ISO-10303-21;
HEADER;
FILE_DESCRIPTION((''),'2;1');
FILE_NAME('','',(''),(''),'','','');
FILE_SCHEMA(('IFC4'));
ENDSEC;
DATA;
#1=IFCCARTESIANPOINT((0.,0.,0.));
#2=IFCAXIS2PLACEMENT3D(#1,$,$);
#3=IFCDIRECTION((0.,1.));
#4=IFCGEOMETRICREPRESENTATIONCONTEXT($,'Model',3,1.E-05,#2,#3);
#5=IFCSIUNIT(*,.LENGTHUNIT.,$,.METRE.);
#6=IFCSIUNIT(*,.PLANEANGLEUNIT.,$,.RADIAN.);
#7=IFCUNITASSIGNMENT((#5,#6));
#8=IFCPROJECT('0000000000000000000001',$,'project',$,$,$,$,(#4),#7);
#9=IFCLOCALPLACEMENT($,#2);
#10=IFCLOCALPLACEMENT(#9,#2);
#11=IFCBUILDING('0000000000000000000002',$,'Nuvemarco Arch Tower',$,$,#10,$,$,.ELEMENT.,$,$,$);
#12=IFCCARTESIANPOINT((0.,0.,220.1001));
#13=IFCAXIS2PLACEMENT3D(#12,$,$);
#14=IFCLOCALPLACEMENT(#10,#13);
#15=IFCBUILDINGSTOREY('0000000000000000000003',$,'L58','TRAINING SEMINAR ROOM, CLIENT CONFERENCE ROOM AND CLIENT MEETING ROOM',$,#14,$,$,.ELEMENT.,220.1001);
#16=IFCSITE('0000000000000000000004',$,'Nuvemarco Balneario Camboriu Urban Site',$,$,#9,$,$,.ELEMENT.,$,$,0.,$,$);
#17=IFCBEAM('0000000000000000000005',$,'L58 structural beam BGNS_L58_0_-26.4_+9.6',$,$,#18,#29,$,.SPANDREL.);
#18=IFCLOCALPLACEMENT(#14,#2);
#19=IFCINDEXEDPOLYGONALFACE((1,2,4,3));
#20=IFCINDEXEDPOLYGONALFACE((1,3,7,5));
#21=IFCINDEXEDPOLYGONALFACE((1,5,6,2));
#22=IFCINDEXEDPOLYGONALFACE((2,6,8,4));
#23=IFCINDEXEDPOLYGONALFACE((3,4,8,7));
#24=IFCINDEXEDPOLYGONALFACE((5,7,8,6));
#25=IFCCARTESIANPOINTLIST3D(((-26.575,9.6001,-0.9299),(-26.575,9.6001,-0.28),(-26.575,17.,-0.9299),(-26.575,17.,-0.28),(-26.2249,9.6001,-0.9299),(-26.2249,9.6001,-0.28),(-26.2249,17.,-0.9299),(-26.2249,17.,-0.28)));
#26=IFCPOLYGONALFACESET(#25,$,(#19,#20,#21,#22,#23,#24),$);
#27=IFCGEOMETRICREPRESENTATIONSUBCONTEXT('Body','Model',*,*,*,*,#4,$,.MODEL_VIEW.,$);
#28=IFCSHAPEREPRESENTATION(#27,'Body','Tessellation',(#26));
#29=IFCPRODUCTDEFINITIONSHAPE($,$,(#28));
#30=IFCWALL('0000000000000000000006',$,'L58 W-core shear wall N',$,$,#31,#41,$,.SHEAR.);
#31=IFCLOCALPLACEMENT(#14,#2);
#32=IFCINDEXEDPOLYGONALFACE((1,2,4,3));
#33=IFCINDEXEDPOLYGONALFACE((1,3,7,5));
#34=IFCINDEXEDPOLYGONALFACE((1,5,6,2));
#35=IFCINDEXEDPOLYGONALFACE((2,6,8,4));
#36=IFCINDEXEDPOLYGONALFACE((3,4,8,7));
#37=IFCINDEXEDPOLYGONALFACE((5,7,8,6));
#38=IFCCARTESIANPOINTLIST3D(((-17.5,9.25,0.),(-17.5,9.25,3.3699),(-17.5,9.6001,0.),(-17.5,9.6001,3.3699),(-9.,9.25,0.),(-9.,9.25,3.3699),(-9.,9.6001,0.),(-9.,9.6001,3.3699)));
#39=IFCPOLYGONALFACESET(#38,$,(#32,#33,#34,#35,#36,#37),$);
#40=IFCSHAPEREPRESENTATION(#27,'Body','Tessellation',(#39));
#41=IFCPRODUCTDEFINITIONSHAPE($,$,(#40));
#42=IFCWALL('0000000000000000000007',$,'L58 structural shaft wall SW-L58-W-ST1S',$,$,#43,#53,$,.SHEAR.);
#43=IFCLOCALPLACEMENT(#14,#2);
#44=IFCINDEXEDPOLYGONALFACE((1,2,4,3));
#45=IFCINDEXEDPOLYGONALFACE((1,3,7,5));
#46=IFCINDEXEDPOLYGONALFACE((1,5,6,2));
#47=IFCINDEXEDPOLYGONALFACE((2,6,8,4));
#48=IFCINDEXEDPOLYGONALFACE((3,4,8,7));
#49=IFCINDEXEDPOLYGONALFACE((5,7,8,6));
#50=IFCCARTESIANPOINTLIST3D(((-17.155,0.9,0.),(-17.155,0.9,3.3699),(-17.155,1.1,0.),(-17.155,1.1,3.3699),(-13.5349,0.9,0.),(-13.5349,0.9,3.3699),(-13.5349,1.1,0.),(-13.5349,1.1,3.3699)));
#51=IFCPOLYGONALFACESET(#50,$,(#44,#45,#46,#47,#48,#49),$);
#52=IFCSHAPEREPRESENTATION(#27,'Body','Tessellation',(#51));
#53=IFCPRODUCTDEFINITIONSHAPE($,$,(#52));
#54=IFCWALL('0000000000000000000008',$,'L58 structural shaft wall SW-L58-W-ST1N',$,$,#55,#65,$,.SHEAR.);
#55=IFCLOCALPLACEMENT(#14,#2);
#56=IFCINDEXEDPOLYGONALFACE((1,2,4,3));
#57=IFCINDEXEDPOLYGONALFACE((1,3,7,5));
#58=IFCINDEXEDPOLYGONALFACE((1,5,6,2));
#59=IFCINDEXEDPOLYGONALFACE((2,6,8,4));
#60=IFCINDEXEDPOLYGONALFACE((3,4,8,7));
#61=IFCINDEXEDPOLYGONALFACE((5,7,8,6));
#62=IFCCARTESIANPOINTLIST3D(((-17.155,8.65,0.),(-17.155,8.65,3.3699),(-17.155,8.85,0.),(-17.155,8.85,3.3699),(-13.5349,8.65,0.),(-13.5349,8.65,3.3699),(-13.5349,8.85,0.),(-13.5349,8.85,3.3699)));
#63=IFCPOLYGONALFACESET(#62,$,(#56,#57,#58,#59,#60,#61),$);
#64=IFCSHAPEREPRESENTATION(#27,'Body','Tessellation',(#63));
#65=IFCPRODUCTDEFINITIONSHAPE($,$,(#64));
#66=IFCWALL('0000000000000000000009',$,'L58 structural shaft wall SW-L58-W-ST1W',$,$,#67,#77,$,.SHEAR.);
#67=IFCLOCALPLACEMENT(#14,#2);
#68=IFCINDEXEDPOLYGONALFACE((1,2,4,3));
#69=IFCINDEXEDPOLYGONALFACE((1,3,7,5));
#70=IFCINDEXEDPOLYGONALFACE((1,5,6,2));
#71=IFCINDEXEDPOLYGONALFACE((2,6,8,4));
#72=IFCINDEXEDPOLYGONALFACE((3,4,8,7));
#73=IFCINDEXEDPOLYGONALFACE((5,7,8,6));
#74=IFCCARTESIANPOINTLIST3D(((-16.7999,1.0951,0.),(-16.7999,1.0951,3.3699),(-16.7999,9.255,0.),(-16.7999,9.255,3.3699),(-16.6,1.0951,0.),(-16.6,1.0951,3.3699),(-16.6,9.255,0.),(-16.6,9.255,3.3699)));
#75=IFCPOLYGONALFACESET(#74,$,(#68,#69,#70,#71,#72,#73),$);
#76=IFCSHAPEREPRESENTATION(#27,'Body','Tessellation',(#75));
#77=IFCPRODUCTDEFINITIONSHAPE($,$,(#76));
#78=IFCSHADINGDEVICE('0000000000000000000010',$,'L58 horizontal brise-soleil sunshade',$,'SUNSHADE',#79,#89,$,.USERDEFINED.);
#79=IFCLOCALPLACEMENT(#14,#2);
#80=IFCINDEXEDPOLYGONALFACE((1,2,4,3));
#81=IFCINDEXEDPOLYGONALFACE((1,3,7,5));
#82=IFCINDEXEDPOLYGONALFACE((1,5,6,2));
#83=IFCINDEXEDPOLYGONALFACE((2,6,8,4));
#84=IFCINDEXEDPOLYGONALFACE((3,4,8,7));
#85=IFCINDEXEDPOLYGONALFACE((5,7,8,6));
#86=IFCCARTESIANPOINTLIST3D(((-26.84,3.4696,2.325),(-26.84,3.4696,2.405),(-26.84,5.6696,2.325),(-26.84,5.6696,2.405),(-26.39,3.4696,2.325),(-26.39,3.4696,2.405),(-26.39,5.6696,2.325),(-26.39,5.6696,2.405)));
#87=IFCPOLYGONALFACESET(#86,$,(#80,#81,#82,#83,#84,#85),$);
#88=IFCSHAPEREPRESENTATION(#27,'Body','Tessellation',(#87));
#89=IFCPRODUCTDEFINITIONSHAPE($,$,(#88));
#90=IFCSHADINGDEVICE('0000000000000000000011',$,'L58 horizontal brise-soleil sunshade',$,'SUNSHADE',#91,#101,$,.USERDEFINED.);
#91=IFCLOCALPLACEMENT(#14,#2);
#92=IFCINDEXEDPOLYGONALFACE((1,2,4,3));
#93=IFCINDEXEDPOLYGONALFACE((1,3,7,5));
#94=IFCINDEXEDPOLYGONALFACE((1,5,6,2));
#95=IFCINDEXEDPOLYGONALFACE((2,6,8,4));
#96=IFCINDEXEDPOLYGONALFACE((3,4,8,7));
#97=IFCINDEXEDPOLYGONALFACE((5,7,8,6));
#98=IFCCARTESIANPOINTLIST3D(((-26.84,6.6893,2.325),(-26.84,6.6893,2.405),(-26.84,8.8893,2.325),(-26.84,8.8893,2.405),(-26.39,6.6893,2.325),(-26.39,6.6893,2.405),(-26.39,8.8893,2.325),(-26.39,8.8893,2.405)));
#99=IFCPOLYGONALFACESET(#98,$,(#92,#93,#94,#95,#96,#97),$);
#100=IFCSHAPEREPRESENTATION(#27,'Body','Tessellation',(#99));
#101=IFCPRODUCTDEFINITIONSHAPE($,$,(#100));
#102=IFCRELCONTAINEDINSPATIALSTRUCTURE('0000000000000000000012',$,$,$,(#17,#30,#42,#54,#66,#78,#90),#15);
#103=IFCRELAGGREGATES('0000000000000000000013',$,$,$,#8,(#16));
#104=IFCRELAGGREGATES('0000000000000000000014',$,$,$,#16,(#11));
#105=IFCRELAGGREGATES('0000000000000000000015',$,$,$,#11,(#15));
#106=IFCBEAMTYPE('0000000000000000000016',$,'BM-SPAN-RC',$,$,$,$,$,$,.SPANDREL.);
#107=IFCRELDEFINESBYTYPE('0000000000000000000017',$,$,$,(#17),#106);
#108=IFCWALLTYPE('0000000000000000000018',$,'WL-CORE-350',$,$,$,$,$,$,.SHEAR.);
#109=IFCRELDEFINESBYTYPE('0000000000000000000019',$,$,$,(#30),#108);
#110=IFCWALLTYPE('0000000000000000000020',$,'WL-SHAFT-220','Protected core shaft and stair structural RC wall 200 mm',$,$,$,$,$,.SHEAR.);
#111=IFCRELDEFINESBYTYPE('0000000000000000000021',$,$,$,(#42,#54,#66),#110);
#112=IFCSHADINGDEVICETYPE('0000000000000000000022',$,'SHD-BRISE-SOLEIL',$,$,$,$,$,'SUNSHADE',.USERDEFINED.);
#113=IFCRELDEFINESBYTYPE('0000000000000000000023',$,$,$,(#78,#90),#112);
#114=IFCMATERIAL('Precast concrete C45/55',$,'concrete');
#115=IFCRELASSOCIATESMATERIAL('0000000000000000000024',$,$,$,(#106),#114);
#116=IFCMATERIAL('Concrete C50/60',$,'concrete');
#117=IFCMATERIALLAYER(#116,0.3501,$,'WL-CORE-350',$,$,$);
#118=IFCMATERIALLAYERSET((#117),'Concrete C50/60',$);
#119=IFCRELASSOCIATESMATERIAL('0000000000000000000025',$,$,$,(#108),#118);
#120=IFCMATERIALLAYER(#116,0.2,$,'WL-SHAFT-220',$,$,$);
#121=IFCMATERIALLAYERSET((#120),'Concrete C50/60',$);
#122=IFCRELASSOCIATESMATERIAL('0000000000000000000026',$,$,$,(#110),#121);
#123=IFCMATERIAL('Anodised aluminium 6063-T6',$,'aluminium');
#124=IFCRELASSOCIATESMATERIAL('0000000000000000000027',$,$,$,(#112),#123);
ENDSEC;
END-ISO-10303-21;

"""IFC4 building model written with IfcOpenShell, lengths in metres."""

from ifc_helpers import new_model, si_unit, direction, frame, frame_2d, origin, origin_2d, place, context, subcontext, project, spatial, rectangle, extrude, source, transform, mapped, material, layer, layer_set, material_profile, profile_set, type_object, type_shapes, element, save


model = new_model("IFC4")

# Units and contexts
model_context = context("Model", 3, precision=1e-05, world=origin(), true_north=direction((0.0, 1.0)))
body_context = subcontext(model_context, "Body", "Model", "MODEL_VIEW")
ifc_project = project(units=[si_unit("LENGTHUNIT", "METRE"), si_unit("PLANEANGLEUNIT", "RADIAN")], contexts=[model_context])

# Site, building, storey
site_placement = place(None, origin())
site = spatial("IfcSite", under=ifc_project, at=site_placement, Name="Nuvemarco Balneario Camboriu Urban Site", CompositionType="ELEMENT", RefElevation=0.0)
building_placement = place(site_placement, origin())
building = spatial("IfcBuilding", under=site, at=building_placement, Name="Nuvemarco Arch Tower", CompositionType="ELEMENT")
storey_placement = place(building_placement, frame((0.0, 0.0, 220.1001)))
storey = spatial("IfcBuildingStorey", under=building, at=storey_placement, Name="L58", Description="TRAINING SEMINAR ROOM, CLIENT CONFERENCE ROOM AND CLIENT MEETING ROOM", CompositionType="ELEMENT", Elevation=220.1001)

# Shared definitions
ifc_material_1 = material(Name="Concrete C50/60", Category="concrete")

# Beam
ifc_material_2 = material(Name="Precast concrete C45/55", Category="concrete")
ifc_material_profile_1 = material_profile(ifc_material_2, rectangle(XDim=0.3501, YDim=0.6499, at=origin_2d()), Name="PC-SP-350x650")
ifc_profile_set_1 = profile_set([ifc_material_profile_1], Name="Precast concrete C45/55")
beam_type_1 = type_object("IfcBeamType", Name="BM-SPAN-RC", PredefinedType="SPANDREL", material=ifc_profile_set_1)
beam_1_placement = place(storey_placement, frame((-26.3999, 9.6001, -0.605), z_axis=(0.0, 1.0, 0.0), x_axis=(-1.0, 0.0, 0.0)))
element("IfcBeam", 1, at=beam_1_placement, inside=storey, type_object=beam_type_1, Name="L58 structural beam BGNS_L58_0_-26.4_+9.6", PredefinedType="SPANDREL", context=body_context, shape_type="SweptSolid", body=[
    extrude(rectangle(XDim=0.3501, YDim=0.6499, at=origin_2d()), origin(), (0.0, 0.0, 1.0), 7.3999),
])

# Walls
ifc_layer_1 = layer(ifc_material_1, 0.3501, Name="WL-CORE-350")
ifc_layer_set_1 = layer_set([ifc_layer_1], Name="Concrete C50/60")
wall_type_1 = type_object("IfcWallType", Name="WL-CORE-350", PredefinedType="SHEAR", material=ifc_layer_set_1)
wall_1_placement = place(storey_placement, frame((-17.5, 9.425, 0.0), z_axis=(0.0, 0.0, 1.0), x_axis=(1.0, 0.0, 0.0)))
element("IfcWall", 2, at=wall_1_placement, inside=storey, type_object=wall_type_1, Name="L58 W-core shear wall N", PredefinedType="SHEAR", context=body_context, shape_type="SweptSolid", body=[
    extrude(rectangle(XDim=8.5, YDim=0.3501, at=frame_2d((4.25, 0.0))), origin(), (0.0, 0.0, 1.0), 3.3699),
])
ifc_layer_2 = layer(ifc_material_1, 0.2, Name="WL-SHAFT-220")
ifc_layer_set_2 = layer_set([ifc_layer_2], Name="Concrete C50/60")
wall_type_2 = type_object("IfcWallType", Name="WL-SHAFT-220", Description="Protected core shaft and stair structural RC wall 200 mm", PredefinedType="SHEAR", material=ifc_layer_set_2)
for number, where, z_axis, x_axis, name in (
    (3, (-17.155, 1.0, 0.0), (0.0, 0.0, 1.0), (1.0, 0.0, 0.0), "L58 structural shaft wall SW-L58-W-ST1S"),
    (4, (-17.155, 8.75, 0.0), (0.0, 0.0, 1.0), (1.0, 0.0, 0.0), "L58 structural shaft wall SW-L58-W-ST1N"),
):
    element("IfcWall", number, at=place(storey_placement, frame(where, z_axis=z_axis, x_axis=x_axis)), inside=storey, type_object=wall_type_2, Name=name, PredefinedType="SHEAR", context=body_context, shape_type="SweptSolid", body=[
        extrude(rectangle(XDim=3.6201, YDim=0.2, at=frame_2d((1.8101, 0.0))), origin(), (0.0, 0.0, 1.0), 3.3699),
    ])
wall_2_placement = place(storey_placement, frame((-16.7, 1.095, 0.0), z_axis=(0.0, 0.0, 1.0), x_axis=(0.0, 1.0, 0.0)))
element("IfcWall", 5, at=wall_2_placement, inside=storey, type_object=wall_type_2, Name="L58 structural shaft wall SW-L58-W-ST1W", PredefinedType="SHEAR", context=body_context, shape_type="SweptSolid", body=[
    extrude(rectangle(XDim=8.1599, YDim=0.2, at=frame_2d((4.0801, 0.0))), origin(), (0.0, 0.0, 1.0), 3.3699),
])

# Shading devices
ifc_material_3 = material(Name="Anodised aluminium 6063-T6", Category="aluminium")
shading_device_type = type_object("IfcShadingDeviceType", Name="SHD-BRISE-SOLEIL", ElementType="SUNSHADE", PredefinedType="USERDEFINED", material=ifc_material_3)
shared_shape = source(origin(), body_context, "Body", "SweptSolid", [
    extrude(rectangle(XDim=2.2, YDim=0.45, at=origin_2d()), origin(), (0.0, 0.0, 1.0), 0.0801),
])
type_shapes(shading_device_type, [shared_shape])
for number, where, z_axis, x_axis, name in (
    (6, (-26.615, 4.5696, 2.325), (0.0, 0.0, 1.0), (0.0, 1.0, 0.0), "L58 horizontal brise-soleil sunshade"),
    (7, (-26.615, 7.7893, 2.325), (0.0, 0.0, 1.0), (0.0, 1.0, 0.0), "L58 horizontal brise-soleil sunshade"),
):
    element("IfcShadingDevice", number, at=place(storey_placement, frame(where, z_axis=z_axis, x_axis=x_axis)), inside=storey, type_object=shading_device_type, Name=name, ObjectType="SUNSHADE", PredefinedType="USERDEFINED", context=body_context, shape_type="MappedRepresentation", body=[
        mapped(shared_shape, transform((0.0, 0.0, 0.0), scale=1.0)),
    ])

save(model, "model.ifc")
